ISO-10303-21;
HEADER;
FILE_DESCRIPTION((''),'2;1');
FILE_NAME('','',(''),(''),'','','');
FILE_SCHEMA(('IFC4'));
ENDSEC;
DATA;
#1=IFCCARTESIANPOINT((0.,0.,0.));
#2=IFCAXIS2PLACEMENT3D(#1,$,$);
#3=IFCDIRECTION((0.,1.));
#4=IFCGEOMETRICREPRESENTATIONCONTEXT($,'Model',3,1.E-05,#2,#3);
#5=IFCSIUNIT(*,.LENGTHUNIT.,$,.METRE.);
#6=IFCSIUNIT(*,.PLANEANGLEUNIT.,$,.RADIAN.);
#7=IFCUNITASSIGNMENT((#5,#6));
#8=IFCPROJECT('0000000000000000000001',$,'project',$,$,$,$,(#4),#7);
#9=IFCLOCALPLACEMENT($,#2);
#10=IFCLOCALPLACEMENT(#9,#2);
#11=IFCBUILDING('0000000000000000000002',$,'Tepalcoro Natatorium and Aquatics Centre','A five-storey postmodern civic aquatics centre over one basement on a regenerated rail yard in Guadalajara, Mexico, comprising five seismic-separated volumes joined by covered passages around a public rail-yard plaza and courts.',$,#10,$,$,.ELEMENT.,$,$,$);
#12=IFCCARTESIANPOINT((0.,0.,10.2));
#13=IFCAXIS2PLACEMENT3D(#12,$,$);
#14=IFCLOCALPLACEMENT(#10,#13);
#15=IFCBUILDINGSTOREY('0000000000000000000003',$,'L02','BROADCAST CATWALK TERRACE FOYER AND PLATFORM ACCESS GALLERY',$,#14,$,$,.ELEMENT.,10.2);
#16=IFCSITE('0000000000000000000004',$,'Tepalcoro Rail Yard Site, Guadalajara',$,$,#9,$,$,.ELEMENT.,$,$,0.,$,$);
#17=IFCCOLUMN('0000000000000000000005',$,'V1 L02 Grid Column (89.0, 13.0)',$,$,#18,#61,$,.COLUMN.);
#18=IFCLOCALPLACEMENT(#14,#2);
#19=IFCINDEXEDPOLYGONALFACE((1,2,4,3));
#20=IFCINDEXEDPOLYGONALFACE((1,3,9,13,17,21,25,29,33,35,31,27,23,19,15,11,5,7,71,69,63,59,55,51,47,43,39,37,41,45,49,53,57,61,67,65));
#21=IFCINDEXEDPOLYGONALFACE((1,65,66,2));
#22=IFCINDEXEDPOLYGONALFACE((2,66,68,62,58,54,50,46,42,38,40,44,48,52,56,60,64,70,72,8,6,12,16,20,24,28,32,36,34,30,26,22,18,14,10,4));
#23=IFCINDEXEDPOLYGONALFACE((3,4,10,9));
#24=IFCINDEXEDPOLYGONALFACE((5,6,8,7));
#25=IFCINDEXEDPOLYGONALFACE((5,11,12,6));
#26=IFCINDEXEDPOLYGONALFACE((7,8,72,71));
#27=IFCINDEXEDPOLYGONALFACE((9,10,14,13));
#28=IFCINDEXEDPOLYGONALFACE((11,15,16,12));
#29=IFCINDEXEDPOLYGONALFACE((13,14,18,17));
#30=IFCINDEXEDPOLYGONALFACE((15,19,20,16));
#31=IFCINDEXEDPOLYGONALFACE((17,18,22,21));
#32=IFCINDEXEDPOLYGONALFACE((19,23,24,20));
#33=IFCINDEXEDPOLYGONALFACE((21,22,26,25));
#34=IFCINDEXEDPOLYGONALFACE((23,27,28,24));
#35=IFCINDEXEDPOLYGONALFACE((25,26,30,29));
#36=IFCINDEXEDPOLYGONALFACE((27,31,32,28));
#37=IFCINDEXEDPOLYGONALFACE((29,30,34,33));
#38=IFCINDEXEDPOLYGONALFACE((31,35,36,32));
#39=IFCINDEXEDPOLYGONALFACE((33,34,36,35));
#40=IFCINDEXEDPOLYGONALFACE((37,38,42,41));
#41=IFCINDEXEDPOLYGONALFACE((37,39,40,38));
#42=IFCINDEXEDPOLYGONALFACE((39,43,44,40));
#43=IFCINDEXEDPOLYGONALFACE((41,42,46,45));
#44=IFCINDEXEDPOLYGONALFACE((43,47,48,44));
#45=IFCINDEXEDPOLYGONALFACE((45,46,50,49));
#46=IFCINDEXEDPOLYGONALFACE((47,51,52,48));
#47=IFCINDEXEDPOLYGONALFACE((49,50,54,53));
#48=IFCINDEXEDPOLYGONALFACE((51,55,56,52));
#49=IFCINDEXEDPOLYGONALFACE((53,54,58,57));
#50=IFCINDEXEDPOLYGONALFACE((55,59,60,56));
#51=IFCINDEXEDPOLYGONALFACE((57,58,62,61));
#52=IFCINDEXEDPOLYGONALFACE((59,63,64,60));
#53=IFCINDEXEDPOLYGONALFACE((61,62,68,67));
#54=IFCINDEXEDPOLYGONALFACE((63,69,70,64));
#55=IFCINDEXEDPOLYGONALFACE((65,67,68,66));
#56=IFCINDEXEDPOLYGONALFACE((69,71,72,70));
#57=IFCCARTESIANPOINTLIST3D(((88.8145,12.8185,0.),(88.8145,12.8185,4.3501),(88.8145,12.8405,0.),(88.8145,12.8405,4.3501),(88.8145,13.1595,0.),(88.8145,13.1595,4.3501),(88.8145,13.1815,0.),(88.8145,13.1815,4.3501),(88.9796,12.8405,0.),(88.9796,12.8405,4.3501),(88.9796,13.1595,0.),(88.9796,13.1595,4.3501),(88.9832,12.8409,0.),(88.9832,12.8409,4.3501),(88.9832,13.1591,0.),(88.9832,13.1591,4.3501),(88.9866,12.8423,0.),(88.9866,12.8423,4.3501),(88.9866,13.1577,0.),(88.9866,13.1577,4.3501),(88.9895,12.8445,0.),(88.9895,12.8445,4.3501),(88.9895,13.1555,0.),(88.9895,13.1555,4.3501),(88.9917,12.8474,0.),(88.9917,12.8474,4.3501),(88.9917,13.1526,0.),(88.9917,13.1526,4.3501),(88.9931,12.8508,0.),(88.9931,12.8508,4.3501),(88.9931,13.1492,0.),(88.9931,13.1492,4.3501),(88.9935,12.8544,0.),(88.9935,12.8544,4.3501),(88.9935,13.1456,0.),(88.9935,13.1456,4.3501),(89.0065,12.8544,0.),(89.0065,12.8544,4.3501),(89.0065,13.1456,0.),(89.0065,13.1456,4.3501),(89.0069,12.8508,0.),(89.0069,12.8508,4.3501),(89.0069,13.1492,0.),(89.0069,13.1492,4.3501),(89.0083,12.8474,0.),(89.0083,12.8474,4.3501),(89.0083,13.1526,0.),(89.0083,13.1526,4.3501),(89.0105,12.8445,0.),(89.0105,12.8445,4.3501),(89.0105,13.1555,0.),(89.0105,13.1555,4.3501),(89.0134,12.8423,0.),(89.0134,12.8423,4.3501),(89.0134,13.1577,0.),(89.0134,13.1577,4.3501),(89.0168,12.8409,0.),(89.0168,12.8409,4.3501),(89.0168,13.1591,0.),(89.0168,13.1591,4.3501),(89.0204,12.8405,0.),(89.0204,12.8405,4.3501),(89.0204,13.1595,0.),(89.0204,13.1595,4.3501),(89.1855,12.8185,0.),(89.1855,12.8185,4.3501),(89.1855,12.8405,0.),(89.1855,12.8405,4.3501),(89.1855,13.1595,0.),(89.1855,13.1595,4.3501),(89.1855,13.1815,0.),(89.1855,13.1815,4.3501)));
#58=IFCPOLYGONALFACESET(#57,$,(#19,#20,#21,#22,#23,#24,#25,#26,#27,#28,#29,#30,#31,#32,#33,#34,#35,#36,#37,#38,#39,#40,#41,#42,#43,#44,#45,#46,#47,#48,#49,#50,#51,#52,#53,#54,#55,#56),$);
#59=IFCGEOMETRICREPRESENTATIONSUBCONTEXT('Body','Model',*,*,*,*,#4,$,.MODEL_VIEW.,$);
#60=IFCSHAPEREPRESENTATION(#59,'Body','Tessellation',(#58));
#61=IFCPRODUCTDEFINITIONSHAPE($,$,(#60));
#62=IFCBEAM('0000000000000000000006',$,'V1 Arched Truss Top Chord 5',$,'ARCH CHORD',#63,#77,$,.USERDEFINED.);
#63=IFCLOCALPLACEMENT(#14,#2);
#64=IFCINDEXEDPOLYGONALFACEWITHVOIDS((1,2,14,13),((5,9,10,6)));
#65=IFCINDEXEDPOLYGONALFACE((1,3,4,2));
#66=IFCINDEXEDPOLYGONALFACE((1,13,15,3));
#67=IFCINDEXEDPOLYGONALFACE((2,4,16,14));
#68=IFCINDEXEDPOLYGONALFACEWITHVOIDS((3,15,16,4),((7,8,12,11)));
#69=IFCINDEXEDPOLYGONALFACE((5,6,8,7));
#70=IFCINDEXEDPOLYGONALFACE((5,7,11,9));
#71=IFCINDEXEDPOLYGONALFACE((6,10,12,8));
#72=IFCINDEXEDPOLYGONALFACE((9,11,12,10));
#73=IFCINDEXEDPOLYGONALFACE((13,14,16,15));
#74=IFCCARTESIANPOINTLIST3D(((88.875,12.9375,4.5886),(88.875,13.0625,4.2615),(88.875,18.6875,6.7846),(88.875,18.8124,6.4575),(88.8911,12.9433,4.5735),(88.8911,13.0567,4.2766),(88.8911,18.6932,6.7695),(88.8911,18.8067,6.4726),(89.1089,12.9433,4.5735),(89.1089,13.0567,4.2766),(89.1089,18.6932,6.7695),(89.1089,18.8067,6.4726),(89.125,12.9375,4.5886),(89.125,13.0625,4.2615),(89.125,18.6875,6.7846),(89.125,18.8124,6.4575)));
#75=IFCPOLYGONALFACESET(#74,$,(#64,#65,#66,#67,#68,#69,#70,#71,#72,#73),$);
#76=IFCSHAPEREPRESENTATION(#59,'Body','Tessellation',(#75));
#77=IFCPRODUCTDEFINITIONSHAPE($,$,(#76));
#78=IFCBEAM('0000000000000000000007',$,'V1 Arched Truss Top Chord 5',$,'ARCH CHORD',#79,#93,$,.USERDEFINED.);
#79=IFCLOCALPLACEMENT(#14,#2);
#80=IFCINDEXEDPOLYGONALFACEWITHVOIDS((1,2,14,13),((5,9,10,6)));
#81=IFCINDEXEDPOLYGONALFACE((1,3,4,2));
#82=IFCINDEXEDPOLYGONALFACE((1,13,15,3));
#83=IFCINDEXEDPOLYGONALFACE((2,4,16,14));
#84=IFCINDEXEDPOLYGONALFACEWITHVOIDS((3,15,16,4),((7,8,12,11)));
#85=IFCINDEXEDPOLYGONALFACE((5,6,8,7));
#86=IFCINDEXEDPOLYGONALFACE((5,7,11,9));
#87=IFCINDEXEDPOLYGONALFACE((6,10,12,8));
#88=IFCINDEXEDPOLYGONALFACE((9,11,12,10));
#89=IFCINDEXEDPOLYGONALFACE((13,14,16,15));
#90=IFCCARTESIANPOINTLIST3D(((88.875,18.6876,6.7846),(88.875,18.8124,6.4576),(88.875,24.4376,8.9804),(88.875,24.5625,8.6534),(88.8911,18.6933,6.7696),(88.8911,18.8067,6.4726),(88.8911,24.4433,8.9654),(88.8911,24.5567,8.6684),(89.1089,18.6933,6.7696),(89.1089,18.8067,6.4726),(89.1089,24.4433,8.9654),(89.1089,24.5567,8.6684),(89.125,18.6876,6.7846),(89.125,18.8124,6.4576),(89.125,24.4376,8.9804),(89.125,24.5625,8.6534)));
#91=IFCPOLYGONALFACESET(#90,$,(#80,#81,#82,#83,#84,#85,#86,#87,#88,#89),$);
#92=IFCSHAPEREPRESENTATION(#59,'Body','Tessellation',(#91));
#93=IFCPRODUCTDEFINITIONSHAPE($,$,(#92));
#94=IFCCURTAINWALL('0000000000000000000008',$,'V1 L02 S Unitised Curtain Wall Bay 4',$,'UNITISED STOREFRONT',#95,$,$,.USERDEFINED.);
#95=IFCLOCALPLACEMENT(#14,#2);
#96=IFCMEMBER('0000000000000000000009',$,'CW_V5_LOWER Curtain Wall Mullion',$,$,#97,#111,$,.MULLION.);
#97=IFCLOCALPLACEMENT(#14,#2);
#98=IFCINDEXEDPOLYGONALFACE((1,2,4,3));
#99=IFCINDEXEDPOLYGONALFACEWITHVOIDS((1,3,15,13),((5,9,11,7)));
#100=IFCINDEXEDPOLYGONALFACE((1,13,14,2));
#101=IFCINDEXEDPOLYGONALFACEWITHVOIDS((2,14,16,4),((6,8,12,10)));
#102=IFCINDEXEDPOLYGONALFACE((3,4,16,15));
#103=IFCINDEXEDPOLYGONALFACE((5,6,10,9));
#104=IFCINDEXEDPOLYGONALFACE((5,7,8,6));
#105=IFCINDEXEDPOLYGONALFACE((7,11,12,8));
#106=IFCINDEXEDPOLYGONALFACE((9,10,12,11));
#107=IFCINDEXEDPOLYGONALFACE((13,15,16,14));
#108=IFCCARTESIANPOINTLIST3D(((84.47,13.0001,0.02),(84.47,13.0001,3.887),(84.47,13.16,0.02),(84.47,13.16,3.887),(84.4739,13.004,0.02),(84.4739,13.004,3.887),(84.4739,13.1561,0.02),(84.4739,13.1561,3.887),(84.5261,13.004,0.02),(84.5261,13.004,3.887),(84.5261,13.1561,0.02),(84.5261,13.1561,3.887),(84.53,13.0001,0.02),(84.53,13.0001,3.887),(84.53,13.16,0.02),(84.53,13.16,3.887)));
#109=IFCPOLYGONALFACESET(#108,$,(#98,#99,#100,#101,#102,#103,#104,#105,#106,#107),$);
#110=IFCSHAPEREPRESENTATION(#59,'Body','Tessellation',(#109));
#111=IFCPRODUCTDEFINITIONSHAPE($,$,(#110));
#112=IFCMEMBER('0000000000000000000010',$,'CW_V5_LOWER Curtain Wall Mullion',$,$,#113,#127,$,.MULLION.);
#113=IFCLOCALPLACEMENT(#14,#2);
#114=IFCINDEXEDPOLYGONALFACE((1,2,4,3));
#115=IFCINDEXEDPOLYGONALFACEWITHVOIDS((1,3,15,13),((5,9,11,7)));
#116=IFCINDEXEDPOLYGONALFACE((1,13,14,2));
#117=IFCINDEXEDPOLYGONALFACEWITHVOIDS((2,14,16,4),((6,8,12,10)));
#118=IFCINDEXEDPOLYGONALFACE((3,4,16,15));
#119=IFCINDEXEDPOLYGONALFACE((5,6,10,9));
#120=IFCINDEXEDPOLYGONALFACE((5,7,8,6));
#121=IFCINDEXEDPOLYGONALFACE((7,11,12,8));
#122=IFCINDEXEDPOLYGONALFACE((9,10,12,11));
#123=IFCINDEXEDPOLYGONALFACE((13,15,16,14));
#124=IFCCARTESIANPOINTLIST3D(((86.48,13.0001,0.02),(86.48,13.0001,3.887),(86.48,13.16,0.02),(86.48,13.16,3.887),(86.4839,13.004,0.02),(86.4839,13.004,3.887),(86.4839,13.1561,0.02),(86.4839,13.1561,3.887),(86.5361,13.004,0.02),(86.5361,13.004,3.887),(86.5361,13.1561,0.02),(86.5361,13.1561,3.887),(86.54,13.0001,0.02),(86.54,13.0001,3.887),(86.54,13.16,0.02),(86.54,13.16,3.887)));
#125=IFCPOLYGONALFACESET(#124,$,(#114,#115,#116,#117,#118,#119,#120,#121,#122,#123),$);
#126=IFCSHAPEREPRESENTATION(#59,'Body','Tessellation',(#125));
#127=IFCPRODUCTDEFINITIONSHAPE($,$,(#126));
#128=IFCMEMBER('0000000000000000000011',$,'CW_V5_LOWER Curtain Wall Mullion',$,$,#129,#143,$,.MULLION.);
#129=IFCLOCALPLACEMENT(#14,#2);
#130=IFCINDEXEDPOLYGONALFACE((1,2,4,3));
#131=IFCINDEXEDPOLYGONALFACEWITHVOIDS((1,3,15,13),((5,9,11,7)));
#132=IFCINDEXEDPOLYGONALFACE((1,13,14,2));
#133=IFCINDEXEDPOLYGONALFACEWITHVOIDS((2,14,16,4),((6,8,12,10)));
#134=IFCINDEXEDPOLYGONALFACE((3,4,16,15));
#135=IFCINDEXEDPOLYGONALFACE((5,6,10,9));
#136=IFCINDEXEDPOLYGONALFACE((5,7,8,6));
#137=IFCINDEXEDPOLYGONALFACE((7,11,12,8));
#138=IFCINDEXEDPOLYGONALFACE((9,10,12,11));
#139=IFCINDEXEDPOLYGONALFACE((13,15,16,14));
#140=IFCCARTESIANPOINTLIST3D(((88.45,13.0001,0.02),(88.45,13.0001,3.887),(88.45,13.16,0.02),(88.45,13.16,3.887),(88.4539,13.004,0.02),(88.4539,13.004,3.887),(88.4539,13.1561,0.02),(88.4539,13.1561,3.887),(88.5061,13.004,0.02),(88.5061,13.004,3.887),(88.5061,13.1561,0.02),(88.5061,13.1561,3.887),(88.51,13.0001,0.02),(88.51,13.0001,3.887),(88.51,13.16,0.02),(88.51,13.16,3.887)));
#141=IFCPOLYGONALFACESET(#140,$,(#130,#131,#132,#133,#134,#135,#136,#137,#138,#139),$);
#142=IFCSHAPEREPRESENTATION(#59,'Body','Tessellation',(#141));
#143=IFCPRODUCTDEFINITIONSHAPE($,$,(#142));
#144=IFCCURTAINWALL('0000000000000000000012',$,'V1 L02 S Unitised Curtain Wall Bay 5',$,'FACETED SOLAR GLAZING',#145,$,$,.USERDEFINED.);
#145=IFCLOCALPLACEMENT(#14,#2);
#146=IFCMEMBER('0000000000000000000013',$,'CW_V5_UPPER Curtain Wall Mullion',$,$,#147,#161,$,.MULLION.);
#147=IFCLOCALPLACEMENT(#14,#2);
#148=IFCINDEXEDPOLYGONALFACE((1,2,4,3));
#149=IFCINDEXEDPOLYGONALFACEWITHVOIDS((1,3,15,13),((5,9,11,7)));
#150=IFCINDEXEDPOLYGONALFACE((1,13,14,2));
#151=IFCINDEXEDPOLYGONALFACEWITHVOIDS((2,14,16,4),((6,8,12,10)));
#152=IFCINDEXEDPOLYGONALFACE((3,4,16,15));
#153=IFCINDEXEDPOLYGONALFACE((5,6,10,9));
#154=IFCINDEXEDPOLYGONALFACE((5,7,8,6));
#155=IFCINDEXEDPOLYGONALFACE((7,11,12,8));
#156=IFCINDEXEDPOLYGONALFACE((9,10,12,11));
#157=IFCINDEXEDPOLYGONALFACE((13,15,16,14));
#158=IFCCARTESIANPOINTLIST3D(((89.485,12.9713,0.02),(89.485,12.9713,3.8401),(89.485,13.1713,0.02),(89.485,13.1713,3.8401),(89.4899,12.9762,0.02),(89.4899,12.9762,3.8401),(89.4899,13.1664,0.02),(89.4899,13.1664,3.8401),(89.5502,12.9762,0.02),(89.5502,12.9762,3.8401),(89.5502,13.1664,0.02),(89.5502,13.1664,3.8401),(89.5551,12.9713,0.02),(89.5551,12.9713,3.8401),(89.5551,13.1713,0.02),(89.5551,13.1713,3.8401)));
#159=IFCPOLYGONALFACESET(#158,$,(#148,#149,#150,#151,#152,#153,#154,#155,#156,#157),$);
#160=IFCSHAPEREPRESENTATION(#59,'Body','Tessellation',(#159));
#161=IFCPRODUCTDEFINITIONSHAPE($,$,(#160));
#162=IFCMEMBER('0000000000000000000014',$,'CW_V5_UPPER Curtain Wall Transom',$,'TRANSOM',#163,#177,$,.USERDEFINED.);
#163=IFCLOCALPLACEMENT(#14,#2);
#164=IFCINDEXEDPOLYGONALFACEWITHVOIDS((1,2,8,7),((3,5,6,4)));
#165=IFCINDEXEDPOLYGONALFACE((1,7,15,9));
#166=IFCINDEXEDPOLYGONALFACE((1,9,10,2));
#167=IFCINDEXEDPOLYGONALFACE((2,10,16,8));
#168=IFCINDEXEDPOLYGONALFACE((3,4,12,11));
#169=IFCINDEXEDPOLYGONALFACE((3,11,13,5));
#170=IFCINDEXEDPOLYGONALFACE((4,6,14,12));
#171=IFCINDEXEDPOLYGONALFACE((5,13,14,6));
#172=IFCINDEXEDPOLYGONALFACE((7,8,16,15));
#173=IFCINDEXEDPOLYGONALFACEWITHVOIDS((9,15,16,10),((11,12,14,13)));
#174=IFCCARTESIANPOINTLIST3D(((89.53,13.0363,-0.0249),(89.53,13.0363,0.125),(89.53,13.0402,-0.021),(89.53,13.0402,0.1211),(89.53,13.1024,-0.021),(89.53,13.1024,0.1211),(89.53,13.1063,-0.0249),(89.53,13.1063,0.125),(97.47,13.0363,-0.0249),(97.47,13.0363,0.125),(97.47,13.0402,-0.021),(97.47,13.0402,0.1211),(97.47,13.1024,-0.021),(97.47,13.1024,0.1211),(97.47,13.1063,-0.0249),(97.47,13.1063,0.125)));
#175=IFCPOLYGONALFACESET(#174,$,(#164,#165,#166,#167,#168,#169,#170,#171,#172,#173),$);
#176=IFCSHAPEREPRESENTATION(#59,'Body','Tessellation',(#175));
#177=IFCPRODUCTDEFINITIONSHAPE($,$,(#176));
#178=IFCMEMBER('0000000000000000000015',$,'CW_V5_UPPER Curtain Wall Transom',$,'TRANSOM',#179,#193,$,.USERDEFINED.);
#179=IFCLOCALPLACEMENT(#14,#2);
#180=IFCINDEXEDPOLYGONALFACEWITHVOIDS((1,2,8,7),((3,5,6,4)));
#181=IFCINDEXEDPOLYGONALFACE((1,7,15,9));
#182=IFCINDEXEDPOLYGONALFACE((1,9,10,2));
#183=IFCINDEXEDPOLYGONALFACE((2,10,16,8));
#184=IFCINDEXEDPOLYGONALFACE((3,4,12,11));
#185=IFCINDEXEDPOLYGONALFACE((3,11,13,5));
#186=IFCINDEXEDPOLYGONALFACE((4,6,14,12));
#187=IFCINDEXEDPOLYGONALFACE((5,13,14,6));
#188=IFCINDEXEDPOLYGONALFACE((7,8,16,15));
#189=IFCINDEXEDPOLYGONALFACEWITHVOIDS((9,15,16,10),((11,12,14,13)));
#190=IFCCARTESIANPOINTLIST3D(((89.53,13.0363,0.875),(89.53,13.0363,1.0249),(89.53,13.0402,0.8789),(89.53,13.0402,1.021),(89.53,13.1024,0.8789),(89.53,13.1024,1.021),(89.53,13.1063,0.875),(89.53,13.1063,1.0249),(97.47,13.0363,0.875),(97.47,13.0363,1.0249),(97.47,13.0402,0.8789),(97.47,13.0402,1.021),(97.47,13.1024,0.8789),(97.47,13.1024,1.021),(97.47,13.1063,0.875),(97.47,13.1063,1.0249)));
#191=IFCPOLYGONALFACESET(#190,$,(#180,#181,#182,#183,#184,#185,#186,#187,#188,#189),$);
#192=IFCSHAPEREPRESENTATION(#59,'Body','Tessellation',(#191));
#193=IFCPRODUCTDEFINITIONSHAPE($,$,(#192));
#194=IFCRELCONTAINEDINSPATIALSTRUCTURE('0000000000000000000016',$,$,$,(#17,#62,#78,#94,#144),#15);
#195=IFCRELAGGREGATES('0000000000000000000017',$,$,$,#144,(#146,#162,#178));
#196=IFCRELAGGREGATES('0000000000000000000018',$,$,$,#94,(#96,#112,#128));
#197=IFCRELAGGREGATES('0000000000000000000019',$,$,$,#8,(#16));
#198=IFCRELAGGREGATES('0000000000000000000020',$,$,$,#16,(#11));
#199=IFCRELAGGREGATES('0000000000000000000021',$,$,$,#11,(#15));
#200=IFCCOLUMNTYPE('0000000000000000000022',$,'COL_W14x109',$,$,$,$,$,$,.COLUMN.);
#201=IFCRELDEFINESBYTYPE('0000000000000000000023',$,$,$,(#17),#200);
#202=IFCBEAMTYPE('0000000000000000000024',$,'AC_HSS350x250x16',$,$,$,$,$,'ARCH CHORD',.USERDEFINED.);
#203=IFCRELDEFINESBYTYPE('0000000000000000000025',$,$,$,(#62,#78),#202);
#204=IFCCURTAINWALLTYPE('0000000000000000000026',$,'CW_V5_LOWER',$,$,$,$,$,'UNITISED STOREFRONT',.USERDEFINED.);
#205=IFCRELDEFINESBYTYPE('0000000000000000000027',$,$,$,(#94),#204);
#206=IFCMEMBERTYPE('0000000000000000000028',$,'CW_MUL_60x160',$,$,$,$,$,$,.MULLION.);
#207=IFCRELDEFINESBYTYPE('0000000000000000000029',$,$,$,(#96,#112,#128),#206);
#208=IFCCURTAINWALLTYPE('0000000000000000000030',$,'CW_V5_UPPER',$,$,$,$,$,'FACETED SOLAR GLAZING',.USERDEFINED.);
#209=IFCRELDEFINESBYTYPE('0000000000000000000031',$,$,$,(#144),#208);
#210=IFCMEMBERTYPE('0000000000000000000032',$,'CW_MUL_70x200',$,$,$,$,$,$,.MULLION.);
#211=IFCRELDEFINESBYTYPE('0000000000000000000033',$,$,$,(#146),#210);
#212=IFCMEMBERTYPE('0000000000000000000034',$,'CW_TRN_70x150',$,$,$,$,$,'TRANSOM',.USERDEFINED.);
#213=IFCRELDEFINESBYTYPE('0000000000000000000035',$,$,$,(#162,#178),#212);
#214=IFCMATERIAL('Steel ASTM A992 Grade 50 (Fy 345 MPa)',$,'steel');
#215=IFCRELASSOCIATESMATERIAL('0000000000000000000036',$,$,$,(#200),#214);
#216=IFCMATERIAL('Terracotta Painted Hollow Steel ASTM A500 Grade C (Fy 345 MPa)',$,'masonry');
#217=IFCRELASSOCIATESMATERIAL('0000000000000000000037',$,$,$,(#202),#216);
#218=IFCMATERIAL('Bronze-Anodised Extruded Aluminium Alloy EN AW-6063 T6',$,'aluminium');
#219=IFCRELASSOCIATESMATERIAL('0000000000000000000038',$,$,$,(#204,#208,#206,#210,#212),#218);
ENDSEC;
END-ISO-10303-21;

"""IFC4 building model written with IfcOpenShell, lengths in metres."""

from ifc_helpers import new_model, si_unit, direction, frame, origin, origin_2d, place, context, subcontext, project, spatial, hollow_rectangle, i_section, extrude, material, material_profile, profile_set, type_object, element, aggregate, save


model = new_model("IFC4")

# Units and contexts
model_context = context("Model", 3, precision=1e-05, world=origin(), true_north=direction((0.0, 1.0)))
body_context = subcontext(model_context, "Body", "Model", "MODEL_VIEW")
ifc_project = project(units=[si_unit("LENGTHUNIT", "METRE"), si_unit("PLANEANGLEUNIT", "RADIAN")], contexts=[model_context])

# Site, building, storey
site_placement = place(None, origin())
site = spatial("IfcSite", under=ifc_project, at=site_placement, Name="Tepalcoro Rail Yard Site, Guadalajara", CompositionType="ELEMENT", RefElevation=0.0)
building_placement = place(site_placement, origin())
building = spatial("IfcBuilding", under=site, at=building_placement, Name="Tepalcoro Natatorium and Aquatics Centre", Description="A five-storey postmodern civic aquatics centre over one basement on a regenerated rail yard in Guadalajara, Mexico, comprising five seismic-separated volumes joined by covered passages around a public rail-yard plaza and courts.", CompositionType="ELEMENT")
storey_placement = place(building_placement, frame((0.0, 0.0, 10.2)))
storey = spatial("IfcBuildingStorey", under=building, at=storey_placement, Name="L02", Description="BROADCAST CATWALK TERRACE FOYER AND PLATFORM ACCESS GALLERY", CompositionType="ELEMENT", Elevation=10.2)

# Column
ifc_material_1 = material(Name="Steel ASTM A992 Grade 50 (Fy 345 MPa)", Category="steel")
ifc_material_profile_1 = material_profile(ifc_material_1, i_section(OverallWidth=0.3711, OverallDepth=0.363, WebThickness=0.0129, FlangeThickness=0.022, FilletRadius=0.0139, at=origin_2d()), Name="W14X109")
ifc_profile_set_1 = profile_set([ifc_material_profile_1], Name="Steel ASTM A992 Grade 50 (Fy 345 MPa)")
column_type = type_object("IfcColumnType", Name="COL_W14x109", PredefinedType="COLUMN", material=ifc_profile_set_1)
column_placement = place(storey_placement, frame((89.0, 13.0, 0.0), z_axis=(0.0, 0.0, 1.0), x_axis=(1.0, 0.0, 0.0)))
element("IfcColumn", 1, at=column_placement, inside=storey, type_object=column_type, Name="V1 L02 Grid Column (89.0, 13.0)", PredefinedType="COLUMN", context=body_context, shape_type="SweptSolid", body=[
    extrude(i_section(OverallWidth=0.3711, OverallDepth=0.363, WebThickness=0.0129, FlangeThickness=0.022, FilletRadius=0.0139, at=origin_2d()), origin(), (0.0, 0.0, 1.0), 4.3501),
])

# Beams
ifc_material_2 = material(Name="Terracotta Painted Hollow Steel ASTM A500 Grade C (Fy 345 MPa)", Category="masonry")
ifc_material_profile_2 = material_profile(ifc_material_2, hollow_rectangle(XDim=0.25, YDim=0.3501, WallThickness=0.0161, at=origin_2d()), Name="HSS350X250X16")
ifc_profile_set_2 = profile_set([ifc_material_profile_2], Name="Terracotta Painted Hollow Steel ASTM A500 Grade C (Fy 345 MPa)")
beam_type_1 = type_object("IfcBeamType", Name="AC_HSS350x250x16", ElementType="ARCH CHORD", PredefinedType="USERDEFINED", material=ifc_profile_set_2)
for number, where, z_axis, x_axis, name in (
    (2, (89.0, 13.0, 4.425), (0.0, 0.934186, 0.356785), (-1.0, 0.0, 0.0), "V1 Arched Truss Top Chord 5"),
    (3, (89.0, 18.75, 6.6211), (0.0, 0.9342, 0.356751), (-1.0, 0.0, 0.0), "V1 Arched Truss Top Chord 5"),
):
    element("IfcBeam", number, at=place(storey_placement, frame(where, z_axis=z_axis, x_axis=x_axis)), inside=storey, type_object=beam_type_1, Name=name, ObjectType="ARCH CHORD", PredefinedType="USERDEFINED", context=body_context, shape_type="SweptSolid", body=[
        extrude(hollow_rectangle(XDim=0.25, YDim=0.3501, WallThickness=0.0161, at=origin_2d()), origin(), (0.0, 0.0, 1.0), 6.155),
    ])

# Curtain walls, members
ifc_material_3 = material(Name="Bronze-Anodised Extruded Aluminium Alloy EN AW-6063 T6", Category="aluminium")
curtain_wall_type_1 = type_object("IfcCurtainWallType", Name="CW_V5_LOWER", ElementType="UNITISED STOREFRONT", PredefinedType="USERDEFINED", material=ifc_material_3)
curtain_wall_1_placement = place(storey_placement, origin())
curtain_wall_1 = element("IfcCurtainWall", 4, at=curtain_wall_1_placement, inside=storey, type_object=curtain_wall_type_1, Name="V1 L02 S Unitised Curtain Wall Bay 4", ObjectType="UNITISED STOREFRONT", PredefinedType="USERDEFINED")
ifc_material_profile_3 = material_profile(ifc_material_3, hollow_rectangle(XDim=0.0601, YDim=0.1599, WallThickness=0.0039, at=origin_2d()), Name="AL60X160X4")
ifc_profile_set_3 = profile_set([ifc_material_profile_3], Name="Bronze-Anodised Extruded Aluminium Alloy EN AW-6063 T6")
member_type_1 = type_object("IfcMemberType", Name="CW_MUL_60x160", PredefinedType="MULLION", material=ifc_profile_set_3)
member_1_placement = place(storey_placement, frame((84.5, 13.0801, 0.02), z_axis=(0.0, 0.0, 1.0), x_axis=(1.0, 0.0, 0.0)))
member_1 = element("IfcMember", 5, at=member_1_placement, type_object=member_type_1, Name="CW_V5_LOWER Curtain Wall Mullion", PredefinedType="MULLION", context=body_context, shape_type="SweptSolid", body=[
    extrude(hollow_rectangle(XDim=0.0601, YDim=0.1599, WallThickness=0.0039, at=origin_2d()), origin(), (0.0, 0.0, 1.0), 3.8669),
])
member_2_placement = place(storey_placement, frame((86.51, 13.0801, 0.02), z_axis=(0.0, 0.0, 1.0), x_axis=(1.0, 0.0, 0.0)))
member_2 = element("IfcMember", 6, at=member_2_placement, type_object=member_type_1, Name="CW_V5_LOWER Curtain Wall Mullion", PredefinedType="MULLION", context=body_context, shape_type="SweptSolid", body=[
    extrude(hollow_rectangle(XDim=0.0601, YDim=0.1599, WallThickness=0.0039, at=origin_2d()), origin(), (0.0, 0.0, 1.0), 3.8669),
])
member_3_placement = place(storey_placement, frame((88.48, 13.0801, 0.02), z_axis=(0.0, 0.0, 1.0), x_axis=(1.0, 0.0, 0.0)))
member_3 = element("IfcMember", 7, at=member_3_placement, type_object=member_type_1, Name="CW_V5_LOWER Curtain Wall Mullion", PredefinedType="MULLION", context=body_context, shape_type="SweptSolid", body=[
    extrude(hollow_rectangle(XDim=0.0601, YDim=0.1599, WallThickness=0.0039, at=origin_2d()), origin(), (0.0, 0.0, 1.0), 3.8669),
])
curtain_wall_type_2 = type_object("IfcCurtainWallType", Name="CW_V5_UPPER", ElementType="FACETED SOLAR GLAZING", PredefinedType="USERDEFINED", material=ifc_material_3)
curtain_wall_2_placement = place(storey_placement, origin())
curtain_wall_2 = element("IfcCurtainWall", 8, at=curtain_wall_2_placement, inside=storey, type_object=curtain_wall_type_2, Name="V1 L02 S Unitised Curtain Wall Bay 5", ObjectType="FACETED SOLAR GLAZING", PredefinedType="USERDEFINED")
ifc_material_profile_4 = material_profile(ifc_material_3, hollow_rectangle(XDim=0.0701, YDim=0.2, WallThickness=0.0049, at=origin_2d()), Name="AL70X200X5")
ifc_profile_set_4 = profile_set([ifc_material_profile_4], Name="Bronze-Anodised Extruded Aluminium Alloy EN AW-6063 T6")
member_type_2 = type_object("IfcMemberType", Name="CW_MUL_70x200", PredefinedType="MULLION", material=ifc_profile_set_4)
member_4_placement = place(storey_placement, frame((89.52, 13.0713, 0.02), z_axis=(0.0, 0.0, 1.0), x_axis=(1.0, 0.0, 0.0)))
member_4 = element("IfcMember", 9, at=member_4_placement, type_object=member_type_2, Name="CW_V5_UPPER Curtain Wall Mullion", PredefinedType="MULLION", context=body_context, shape_type="SweptSolid", body=[
    extrude(hollow_rectangle(XDim=0.0701, YDim=0.2, WallThickness=0.0049, at=origin_2d()), origin(), (0.0, 0.0, 1.0), 3.8201),
])
ifc_material_profile_5 = material_profile(ifc_material_3, hollow_rectangle(XDim=0.0701, YDim=0.1499, WallThickness=0.0039, at=origin_2d()), Name="AL70X150X4")
ifc_profile_set_5 = profile_set([ifc_material_profile_5], Name="Bronze-Anodised Extruded Aluminium Alloy EN AW-6063 T6")
member_type_3 = type_object("IfcMemberType", Name="CW_TRN_70x150", ElementType="TRANSOM", PredefinedType="USERDEFINED", material=ifc_profile_set_5)
member_5_placement = place(storey_placement, frame((89.53, 13.0713, 0.05), z_axis=(1.0, 0.0, 0.0), x_axis=(0.0, 1.0, 0.0)))
member_5 = element("IfcMember", 10, at=member_5_placement, type_object=member_type_3, Name="CW_V5_UPPER Curtain Wall Transom", ObjectType="TRANSOM", PredefinedType="USERDEFINED", context=body_context, shape_type="SweptSolid", body=[
    extrude(hollow_rectangle(XDim=0.0701, YDim=0.1499, WallThickness=0.0039, at=origin_2d()), origin(), (0.0, 0.0, 1.0), 7.9399),
])
member_6_placement = place(storey_placement, frame((89.53, 13.0713, 0.95), z_axis=(1.0, 0.0, 0.0), x_axis=(0.0, 1.0, 0.0)))
member_6 = element("IfcMember", 11, at=member_6_placement, type_object=member_type_3, Name="CW_V5_UPPER Curtain Wall Transom", ObjectType="TRANSOM", PredefinedType="USERDEFINED", context=body_context, shape_type="SweptSolid", body=[
    extrude(hollow_rectangle(XDim=0.0701, YDim=0.1499, WallThickness=0.0039, at=origin_2d()), origin(), (0.0, 0.0, 1.0), 7.9399),
])

aggregate(curtain_wall_2, [member_4, member_5, member_6])
aggregate(curtain_wall_1, [member_1, member_2, member_3])

save(model, "model.ifc")
